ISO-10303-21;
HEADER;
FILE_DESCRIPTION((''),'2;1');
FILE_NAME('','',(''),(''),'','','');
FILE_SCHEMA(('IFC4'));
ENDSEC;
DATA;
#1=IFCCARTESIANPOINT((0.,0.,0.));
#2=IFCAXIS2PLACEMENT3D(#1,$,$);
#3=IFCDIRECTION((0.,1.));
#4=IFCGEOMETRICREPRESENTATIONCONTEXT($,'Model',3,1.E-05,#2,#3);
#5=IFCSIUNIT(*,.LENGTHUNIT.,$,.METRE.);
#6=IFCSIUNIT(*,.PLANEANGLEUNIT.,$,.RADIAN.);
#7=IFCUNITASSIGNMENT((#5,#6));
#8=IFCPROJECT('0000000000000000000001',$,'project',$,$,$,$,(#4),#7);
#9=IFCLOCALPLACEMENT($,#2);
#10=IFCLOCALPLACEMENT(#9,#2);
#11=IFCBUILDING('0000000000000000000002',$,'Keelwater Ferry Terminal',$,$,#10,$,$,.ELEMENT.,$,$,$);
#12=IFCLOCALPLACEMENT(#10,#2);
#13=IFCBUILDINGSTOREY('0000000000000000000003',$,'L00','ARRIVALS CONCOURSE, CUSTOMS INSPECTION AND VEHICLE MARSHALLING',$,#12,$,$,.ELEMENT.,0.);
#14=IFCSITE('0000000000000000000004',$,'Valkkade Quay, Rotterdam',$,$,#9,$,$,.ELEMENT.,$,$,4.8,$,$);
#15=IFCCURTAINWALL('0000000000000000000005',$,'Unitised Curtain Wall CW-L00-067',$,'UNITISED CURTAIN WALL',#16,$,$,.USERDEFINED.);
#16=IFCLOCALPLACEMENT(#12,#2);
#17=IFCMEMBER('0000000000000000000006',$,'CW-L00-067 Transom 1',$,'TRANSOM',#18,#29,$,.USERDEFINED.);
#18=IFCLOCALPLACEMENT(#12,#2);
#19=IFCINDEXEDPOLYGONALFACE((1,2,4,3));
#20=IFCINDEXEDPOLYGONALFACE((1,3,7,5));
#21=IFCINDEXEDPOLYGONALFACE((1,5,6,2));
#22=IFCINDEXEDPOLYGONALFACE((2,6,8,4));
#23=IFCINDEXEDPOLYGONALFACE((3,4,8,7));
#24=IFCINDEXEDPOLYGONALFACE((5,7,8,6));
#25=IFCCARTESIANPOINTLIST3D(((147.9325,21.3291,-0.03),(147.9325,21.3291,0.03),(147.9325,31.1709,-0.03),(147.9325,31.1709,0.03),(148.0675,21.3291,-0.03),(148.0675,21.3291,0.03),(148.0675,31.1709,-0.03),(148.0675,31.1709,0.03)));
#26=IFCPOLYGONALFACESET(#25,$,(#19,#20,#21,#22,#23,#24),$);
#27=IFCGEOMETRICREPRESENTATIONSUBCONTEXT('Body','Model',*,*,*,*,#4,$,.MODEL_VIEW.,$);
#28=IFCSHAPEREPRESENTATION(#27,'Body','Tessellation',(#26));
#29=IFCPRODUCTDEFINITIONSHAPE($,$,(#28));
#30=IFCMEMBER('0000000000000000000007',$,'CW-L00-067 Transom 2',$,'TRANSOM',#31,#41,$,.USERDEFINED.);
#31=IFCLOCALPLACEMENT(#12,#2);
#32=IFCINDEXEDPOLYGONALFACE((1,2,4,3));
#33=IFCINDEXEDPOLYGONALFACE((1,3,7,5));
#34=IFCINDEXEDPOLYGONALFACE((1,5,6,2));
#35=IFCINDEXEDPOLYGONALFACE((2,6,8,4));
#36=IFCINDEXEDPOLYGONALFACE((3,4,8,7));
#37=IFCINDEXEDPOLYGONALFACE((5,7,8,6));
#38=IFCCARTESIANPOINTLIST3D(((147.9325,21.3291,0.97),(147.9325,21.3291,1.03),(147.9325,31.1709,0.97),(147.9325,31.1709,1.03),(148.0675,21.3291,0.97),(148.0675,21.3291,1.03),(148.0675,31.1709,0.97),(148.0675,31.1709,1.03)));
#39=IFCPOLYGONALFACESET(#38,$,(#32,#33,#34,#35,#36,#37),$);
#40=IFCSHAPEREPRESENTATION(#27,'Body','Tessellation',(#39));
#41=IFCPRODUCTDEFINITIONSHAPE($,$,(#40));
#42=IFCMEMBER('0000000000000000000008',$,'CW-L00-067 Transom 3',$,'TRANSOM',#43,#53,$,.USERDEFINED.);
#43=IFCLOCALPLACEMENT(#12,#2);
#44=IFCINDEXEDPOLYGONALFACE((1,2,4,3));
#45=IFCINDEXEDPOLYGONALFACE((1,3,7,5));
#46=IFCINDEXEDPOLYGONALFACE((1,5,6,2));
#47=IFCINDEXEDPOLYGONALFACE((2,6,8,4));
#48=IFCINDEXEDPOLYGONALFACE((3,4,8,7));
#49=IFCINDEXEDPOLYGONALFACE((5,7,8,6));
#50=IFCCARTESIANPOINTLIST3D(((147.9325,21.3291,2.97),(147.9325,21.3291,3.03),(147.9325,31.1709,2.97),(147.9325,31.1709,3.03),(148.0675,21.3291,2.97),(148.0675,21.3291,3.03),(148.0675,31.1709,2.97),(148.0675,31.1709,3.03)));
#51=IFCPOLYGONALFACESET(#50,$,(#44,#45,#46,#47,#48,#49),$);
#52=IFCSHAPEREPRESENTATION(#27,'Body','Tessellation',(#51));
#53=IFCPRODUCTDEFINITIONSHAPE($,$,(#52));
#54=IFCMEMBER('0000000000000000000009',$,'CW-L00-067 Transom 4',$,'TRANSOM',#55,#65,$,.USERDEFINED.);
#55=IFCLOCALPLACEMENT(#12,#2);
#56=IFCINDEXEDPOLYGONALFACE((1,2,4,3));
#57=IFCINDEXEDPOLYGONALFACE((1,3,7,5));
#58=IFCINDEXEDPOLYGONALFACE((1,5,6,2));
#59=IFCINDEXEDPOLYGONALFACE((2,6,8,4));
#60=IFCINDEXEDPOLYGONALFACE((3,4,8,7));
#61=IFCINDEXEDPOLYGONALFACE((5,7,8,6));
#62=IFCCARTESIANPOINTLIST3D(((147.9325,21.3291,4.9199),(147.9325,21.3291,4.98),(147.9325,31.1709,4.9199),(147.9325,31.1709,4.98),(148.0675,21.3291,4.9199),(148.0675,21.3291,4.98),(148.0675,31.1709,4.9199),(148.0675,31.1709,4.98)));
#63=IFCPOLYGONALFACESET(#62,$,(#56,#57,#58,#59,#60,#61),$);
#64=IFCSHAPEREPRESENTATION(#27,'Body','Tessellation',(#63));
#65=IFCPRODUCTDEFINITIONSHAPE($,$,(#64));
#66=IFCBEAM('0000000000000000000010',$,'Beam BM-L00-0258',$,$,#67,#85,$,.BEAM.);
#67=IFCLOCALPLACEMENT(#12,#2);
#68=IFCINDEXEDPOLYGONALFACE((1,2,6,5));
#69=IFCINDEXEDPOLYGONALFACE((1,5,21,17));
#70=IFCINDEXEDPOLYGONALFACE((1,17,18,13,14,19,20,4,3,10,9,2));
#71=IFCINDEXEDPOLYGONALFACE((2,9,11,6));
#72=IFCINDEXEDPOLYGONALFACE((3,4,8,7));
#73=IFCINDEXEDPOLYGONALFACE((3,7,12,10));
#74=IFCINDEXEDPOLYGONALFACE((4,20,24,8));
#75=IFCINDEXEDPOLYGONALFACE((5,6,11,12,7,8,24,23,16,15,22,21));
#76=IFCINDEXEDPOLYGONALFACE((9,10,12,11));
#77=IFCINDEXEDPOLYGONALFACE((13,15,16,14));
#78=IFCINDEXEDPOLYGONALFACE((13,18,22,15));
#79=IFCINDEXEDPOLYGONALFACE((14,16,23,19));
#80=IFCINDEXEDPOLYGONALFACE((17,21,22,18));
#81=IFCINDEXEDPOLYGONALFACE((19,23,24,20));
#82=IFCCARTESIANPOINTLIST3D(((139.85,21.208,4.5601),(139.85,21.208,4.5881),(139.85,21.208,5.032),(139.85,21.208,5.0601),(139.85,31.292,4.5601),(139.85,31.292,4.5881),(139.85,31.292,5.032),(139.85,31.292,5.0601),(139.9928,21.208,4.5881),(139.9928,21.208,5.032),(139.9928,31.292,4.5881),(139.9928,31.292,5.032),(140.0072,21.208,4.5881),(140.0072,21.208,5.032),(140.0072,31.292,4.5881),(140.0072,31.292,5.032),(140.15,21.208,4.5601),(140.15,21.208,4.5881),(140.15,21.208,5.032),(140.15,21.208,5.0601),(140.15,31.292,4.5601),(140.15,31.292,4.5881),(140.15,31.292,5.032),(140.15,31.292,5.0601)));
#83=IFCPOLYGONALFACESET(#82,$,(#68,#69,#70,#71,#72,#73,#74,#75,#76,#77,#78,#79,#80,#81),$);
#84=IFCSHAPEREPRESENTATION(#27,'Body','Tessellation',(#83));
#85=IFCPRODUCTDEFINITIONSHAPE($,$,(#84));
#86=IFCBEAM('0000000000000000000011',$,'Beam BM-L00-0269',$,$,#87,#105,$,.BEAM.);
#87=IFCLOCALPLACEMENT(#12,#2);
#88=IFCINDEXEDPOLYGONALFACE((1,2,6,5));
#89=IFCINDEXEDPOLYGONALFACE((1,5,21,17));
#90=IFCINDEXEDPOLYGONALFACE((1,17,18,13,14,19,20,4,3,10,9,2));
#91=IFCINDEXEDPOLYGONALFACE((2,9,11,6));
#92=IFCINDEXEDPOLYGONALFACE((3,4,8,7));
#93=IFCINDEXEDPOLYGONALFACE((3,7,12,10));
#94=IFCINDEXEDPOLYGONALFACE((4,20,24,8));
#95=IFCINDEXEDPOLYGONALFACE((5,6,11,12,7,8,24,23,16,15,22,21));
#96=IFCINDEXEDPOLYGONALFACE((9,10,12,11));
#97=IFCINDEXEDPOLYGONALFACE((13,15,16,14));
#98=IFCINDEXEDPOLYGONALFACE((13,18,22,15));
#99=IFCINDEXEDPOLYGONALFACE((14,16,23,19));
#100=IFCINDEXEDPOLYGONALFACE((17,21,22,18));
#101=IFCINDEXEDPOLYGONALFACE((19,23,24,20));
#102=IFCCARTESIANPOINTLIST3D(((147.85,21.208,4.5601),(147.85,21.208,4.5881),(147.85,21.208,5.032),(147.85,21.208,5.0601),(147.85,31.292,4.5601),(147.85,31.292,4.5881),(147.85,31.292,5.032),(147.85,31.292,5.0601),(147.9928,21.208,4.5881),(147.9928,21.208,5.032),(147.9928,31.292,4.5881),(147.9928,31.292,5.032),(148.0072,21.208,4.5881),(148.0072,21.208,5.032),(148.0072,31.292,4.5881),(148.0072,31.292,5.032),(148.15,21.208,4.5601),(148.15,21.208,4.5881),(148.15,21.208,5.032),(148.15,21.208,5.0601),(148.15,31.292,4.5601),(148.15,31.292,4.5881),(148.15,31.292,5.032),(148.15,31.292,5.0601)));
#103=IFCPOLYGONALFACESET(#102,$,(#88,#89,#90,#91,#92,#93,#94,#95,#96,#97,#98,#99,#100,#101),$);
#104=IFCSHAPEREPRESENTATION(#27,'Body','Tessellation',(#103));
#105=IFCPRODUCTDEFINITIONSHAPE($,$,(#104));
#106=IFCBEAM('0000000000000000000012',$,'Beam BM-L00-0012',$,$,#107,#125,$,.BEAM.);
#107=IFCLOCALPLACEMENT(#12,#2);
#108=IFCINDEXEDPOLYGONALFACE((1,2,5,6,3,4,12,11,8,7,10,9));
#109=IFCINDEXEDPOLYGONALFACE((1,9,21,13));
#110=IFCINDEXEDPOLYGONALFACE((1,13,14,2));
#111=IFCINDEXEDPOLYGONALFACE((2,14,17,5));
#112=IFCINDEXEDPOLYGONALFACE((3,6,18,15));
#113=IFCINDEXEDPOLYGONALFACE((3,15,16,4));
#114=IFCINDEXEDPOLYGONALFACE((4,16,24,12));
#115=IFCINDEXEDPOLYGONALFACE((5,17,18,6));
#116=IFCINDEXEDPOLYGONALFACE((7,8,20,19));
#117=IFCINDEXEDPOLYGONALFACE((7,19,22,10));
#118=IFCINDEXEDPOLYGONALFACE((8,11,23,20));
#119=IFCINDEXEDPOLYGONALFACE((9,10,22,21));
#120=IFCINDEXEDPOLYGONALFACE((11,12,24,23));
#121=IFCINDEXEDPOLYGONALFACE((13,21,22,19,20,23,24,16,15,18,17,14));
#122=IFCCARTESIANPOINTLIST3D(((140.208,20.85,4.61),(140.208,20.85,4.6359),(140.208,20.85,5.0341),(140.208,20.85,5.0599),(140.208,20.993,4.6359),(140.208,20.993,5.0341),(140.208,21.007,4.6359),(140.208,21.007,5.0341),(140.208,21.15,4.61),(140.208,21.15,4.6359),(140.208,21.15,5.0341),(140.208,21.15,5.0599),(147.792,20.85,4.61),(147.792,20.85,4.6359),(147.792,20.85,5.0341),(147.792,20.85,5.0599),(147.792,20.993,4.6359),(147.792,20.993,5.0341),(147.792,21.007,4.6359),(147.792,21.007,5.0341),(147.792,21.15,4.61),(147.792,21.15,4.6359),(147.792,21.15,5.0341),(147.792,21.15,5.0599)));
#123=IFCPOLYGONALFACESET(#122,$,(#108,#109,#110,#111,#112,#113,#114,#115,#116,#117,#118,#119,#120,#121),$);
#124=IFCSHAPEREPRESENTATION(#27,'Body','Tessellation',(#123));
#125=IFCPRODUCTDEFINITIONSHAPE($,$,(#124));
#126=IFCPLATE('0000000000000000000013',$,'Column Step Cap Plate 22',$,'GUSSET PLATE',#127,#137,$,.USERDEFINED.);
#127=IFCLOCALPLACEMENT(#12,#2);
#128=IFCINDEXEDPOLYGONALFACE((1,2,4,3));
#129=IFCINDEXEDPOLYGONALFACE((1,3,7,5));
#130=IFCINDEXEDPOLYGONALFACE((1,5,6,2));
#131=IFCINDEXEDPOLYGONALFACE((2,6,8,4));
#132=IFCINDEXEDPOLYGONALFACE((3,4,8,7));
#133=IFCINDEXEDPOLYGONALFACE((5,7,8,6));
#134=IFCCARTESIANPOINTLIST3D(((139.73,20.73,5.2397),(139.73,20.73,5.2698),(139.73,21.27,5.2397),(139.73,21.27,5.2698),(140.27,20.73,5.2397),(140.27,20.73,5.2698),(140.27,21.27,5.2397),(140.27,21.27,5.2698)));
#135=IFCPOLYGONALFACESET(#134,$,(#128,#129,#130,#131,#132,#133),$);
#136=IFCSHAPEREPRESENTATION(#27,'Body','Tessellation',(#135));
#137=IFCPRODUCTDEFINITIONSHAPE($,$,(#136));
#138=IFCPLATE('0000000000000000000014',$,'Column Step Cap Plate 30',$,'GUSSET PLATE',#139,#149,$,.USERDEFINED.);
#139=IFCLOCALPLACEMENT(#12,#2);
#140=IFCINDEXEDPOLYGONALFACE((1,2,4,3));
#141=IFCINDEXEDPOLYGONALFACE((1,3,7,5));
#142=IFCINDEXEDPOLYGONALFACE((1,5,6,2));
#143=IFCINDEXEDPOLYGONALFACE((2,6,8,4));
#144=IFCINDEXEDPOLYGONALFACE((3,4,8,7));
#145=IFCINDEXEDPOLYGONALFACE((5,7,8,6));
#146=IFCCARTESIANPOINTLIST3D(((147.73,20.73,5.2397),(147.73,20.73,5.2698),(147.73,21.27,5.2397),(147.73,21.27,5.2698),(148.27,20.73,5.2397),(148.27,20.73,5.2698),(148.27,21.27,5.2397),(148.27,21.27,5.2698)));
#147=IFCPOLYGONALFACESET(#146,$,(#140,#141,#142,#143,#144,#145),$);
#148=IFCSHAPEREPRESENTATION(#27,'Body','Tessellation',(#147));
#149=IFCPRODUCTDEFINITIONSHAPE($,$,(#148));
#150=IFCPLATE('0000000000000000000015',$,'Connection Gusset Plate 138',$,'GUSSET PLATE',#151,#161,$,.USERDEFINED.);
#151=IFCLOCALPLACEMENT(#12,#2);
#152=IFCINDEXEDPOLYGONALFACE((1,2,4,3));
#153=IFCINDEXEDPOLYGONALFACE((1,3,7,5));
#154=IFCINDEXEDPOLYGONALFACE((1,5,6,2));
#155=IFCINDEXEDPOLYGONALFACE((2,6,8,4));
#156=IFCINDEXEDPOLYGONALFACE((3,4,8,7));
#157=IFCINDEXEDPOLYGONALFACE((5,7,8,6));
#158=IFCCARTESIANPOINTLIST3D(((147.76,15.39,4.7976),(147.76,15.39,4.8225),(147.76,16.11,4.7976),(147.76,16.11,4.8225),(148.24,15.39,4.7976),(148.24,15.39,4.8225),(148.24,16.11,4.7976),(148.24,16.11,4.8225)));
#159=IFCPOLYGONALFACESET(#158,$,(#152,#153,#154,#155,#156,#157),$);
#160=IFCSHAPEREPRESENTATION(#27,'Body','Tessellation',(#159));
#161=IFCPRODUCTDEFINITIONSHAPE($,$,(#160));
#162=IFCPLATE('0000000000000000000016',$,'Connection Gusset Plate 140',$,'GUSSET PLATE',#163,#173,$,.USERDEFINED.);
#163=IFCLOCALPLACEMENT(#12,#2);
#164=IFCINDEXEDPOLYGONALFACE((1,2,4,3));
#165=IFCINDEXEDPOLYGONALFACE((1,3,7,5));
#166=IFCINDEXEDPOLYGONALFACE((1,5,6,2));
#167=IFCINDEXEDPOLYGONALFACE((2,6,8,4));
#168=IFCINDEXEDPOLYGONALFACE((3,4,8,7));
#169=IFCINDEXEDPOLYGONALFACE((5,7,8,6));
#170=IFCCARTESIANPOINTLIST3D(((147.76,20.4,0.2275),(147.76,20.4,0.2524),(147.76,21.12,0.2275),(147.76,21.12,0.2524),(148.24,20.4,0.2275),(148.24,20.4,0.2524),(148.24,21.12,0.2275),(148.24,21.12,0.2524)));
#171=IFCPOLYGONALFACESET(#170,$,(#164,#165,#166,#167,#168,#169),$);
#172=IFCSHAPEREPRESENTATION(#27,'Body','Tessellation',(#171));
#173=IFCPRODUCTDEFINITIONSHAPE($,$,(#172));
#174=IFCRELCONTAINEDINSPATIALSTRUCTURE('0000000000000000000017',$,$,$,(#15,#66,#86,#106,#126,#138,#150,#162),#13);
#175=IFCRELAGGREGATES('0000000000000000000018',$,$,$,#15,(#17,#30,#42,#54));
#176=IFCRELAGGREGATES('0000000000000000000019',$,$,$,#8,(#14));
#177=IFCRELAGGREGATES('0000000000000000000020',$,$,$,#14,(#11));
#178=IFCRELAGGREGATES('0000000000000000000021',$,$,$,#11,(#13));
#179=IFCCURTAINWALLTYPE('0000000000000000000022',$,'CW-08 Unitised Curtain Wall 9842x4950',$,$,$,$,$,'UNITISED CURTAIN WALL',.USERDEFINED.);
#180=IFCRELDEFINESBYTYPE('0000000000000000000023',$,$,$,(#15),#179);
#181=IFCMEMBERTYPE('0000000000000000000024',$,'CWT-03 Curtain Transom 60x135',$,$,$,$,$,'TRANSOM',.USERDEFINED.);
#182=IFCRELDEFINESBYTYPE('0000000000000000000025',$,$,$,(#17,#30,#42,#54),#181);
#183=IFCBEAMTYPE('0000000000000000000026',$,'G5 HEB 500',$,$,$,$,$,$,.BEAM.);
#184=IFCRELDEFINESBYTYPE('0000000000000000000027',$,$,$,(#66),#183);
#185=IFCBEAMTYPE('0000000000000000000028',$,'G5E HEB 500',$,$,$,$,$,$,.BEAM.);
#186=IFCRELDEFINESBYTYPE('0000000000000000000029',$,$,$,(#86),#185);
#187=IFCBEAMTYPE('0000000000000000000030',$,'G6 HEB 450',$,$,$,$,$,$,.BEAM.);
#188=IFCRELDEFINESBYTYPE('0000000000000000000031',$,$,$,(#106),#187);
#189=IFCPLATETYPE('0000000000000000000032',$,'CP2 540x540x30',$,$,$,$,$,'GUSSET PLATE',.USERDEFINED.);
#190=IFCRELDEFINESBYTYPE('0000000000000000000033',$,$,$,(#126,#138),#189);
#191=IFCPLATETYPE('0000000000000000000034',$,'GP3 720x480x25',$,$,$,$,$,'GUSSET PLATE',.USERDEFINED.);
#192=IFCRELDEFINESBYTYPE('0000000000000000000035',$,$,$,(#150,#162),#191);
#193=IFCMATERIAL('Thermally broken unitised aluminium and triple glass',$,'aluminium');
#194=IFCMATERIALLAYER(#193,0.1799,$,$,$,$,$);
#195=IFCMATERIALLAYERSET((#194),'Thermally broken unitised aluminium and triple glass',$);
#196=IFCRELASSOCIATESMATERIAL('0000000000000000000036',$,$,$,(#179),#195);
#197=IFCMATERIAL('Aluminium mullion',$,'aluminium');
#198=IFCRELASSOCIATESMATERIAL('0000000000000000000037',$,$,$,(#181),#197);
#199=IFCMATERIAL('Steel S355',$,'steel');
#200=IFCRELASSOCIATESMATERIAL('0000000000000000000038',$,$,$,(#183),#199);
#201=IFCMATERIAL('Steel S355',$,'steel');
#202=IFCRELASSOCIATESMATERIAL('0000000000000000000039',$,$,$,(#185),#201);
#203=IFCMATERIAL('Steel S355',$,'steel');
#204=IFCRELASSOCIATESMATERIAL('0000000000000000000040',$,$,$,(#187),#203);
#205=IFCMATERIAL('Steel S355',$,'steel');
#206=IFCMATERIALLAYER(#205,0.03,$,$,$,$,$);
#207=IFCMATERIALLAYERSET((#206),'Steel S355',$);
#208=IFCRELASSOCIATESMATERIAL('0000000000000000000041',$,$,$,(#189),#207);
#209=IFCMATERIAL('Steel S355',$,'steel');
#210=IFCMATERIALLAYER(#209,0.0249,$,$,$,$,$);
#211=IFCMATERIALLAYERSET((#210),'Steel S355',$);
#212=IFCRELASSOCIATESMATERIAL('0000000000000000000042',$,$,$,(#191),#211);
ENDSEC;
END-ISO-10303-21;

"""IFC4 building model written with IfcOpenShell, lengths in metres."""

from ifc_helpers import new_model, si_unit, direction, frame, origin, origin_2d, place, context, subcontext, project, spatial, rectangle, i_section, extrude, material, layer, layer_set, material_profile, profile_set, type_object, element, aggregate, save


model = new_model("IFC4")

# Units and contexts
model_context = context("Model", 3, precision=1e-05, world=origin(), true_north=direction((0.0, 1.0)))
body_context = subcontext(model_context, "Body", "Model", "MODEL_VIEW")
ifc_project = project(units=[si_unit("LENGTHUNIT", "METRE"), si_unit("PLANEANGLEUNIT", "RADIAN")], contexts=[model_context])

# Site, building, storey
site_placement = place(None, origin())
site = spatial("IfcSite", under=ifc_project, at=site_placement, Name="Valkkade Quay, Rotterdam", CompositionType="ELEMENT", RefElevation=4.8)
building_placement = place(site_placement, origin())
building = spatial("IfcBuilding", under=site, at=building_placement, Name="Keelwater Ferry Terminal", CompositionType="ELEMENT")
storey_placement = place(building_placement, origin())
storey = spatial("IfcBuildingStorey", under=building, at=storey_placement, Name="L00", Description="ARRIVALS CONCOURSE, CUSTOMS INSPECTION AND VEHICLE MARSHALLING", CompositionType="ELEMENT", Elevation=0.0)

# Curtain wall, members
ifc_material_1 = material(Name="Thermally broken unitised aluminium and triple glass", Category="aluminium")
ifc_layer_1 = layer(ifc_material_1, 0.1799)
ifc_layer_set_1 = layer_set([ifc_layer_1], Name="Thermally broken unitised aluminium and triple glass")
curtain_wall_type = type_object("IfcCurtainWallType", Name="CW-08 Unitised Curtain Wall 9842x4950", ElementType="UNITISED CURTAIN WALL", PredefinedType="USERDEFINED", material=ifc_layer_set_1)
curtain_wall_placement = place(storey_placement, origin())
curtain_wall = element("IfcCurtainWall", 1, at=curtain_wall_placement, inside=storey, type_object=curtain_wall_type, Name="Unitised Curtain Wall CW-L00-067", ObjectType="UNITISED CURTAIN WALL", PredefinedType="USERDEFINED")
ifc_material_2 = material(Name="Aluminium mullion", Category="aluminium")
ifc_material_profile_1 = material_profile(ifc_material_2, rectangle(XDim=0.135, YDim=0.0601, at=origin_2d()), Name="CWT-03")
ifc_profile_set_1 = profile_set([ifc_material_profile_1], Name="Aluminium mullion")
member_type_1 = type_object("IfcMemberType", Name="CWT-03 Curtain Transom 60x135", ElementType="TRANSOM", PredefinedType="USERDEFINED", material=ifc_profile_set_1)
member_1_placement = place(storey_placement, frame((148.0, 21.3291, 0.0), z_axis=(0.0, 1.0, 0.0), x_axis=(-1.0, 0.0, 0.0)))
member_1 = element("IfcMember", 2, at=member_1_placement, type_object=member_type_1, Name="CW-L00-067 Transom 1", ObjectType="TRANSOM", PredefinedType="USERDEFINED", context=body_context, shape_type="SweptSolid", body=[
    extrude(rectangle(XDim=0.135, YDim=0.0601, at=origin_2d()), origin(), (0.0, 0.0, 1.0), 9.8418),
])
member_2_placement = place(storey_placement, frame((148.0, 21.3291, 1.0), z_axis=(0.0, 1.0, 0.0), x_axis=(-1.0, 0.0, 0.0)))
member_2 = element("IfcMember", 3, at=member_2_placement, type_object=member_type_1, Name="CW-L00-067 Transom 2", ObjectType="TRANSOM", PredefinedType="USERDEFINED", context=body_context, shape_type="SweptSolid", body=[
    extrude(rectangle(XDim=0.135, YDim=0.0601, at=origin_2d()), origin(), (0.0, 0.0, 1.0), 9.8418),
])
member_3_placement = place(storey_placement, frame((148.0, 21.3291, 3.0), z_axis=(0.0, 1.0, 0.0), x_axis=(-1.0, 0.0, 0.0)))
member_3 = element("IfcMember", 4, at=member_3_placement, type_object=member_type_1, Name="CW-L00-067 Transom 3", ObjectType="TRANSOM", PredefinedType="USERDEFINED", context=body_context, shape_type="SweptSolid", body=[
    extrude(rectangle(XDim=0.135, YDim=0.0601, at=origin_2d()), origin(), (0.0, 0.0, 1.0), 9.8418),
])
member_4_placement = place(storey_placement, frame((148.0, 21.3291, 4.95), z_axis=(0.0, 1.0, 0.0), x_axis=(-1.0, 0.0, 0.0)))
member_4 = element("IfcMember", 5, at=member_4_placement, type_object=member_type_1, Name="CW-L00-067 Transom 4", ObjectType="TRANSOM", PredefinedType="USERDEFINED", context=body_context, shape_type="SweptSolid", body=[
    extrude(rectangle(XDim=0.135, YDim=0.0601, at=origin_2d()), origin(), (0.0, 0.0, 1.0), 9.8418),
])
aggregate(curtain_wall, [member_1, member_2, member_3, member_4])

# Beams
ifc_material_3 = material(Name="Steel S355", Category="steel")
ifc_material_profile_2 = material_profile(ifc_material_3, i_section(OverallWidth=0.3, OverallDepth=0.5, WebThickness=0.0144, FlangeThickness=0.0281, at=origin_2d()), Name="HEB 500")
ifc_profile_set_2 = profile_set([ifc_material_profile_2], Name="Steel S355")
beam_type_1 = type_object("IfcBeamType", Name="G5 HEB 500", PredefinedType="BEAM", material=ifc_profile_set_2)
beam_1_placement = place(storey_placement, frame((140.0, 21.208, 4.8101), z_axis=(0.0, 1.0, 0.0), x_axis=(-1.0, 0.0, 0.0)))
element("IfcBeam", 6, at=beam_1_placement, inside=storey, type_object=beam_type_1, Name="Beam BM-L00-0258", PredefinedType="BEAM", context=body_context, shape_type="SweptSolid", body=[
    extrude(i_section(OverallWidth=0.3, OverallDepth=0.5, WebThickness=0.0144, FlangeThickness=0.0281, at=origin_2d()), origin(), (0.0, 0.0, 1.0), 10.084),
])
ifc_material_4 = material(Name="Steel S355", Category="steel")
ifc_material_profile_3 = material_profile(ifc_material_4, i_section(OverallWidth=0.3, OverallDepth=0.5, WebThickness=0.0144, FlangeThickness=0.0281, at=origin_2d()), Name="HEB 500")
ifc_profile_set_3 = profile_set([ifc_material_profile_3], Name="Steel S355")
beam_type_2 = type_object("IfcBeamType", Name="G5E HEB 500", PredefinedType="BEAM", material=ifc_profile_set_3)
beam_2_placement = place(storey_placement, frame((148.0, 21.208, 4.8101), z_axis=(0.0, 1.0, 0.0), x_axis=(-1.0, 0.0, 0.0)))
element("IfcBeam", 7, at=beam_2_placement, inside=storey, type_object=beam_type_2, Name="Beam BM-L00-0269", PredefinedType="BEAM", context=body_context, shape_type="SweptSolid", body=[
    extrude(i_section(OverallWidth=0.3, OverallDepth=0.5, WebThickness=0.0144, FlangeThickness=0.0281, at=origin_2d()), origin(), (0.0, 0.0, 1.0), 10.084),
])
ifc_material_5 = material(Name="Steel S355", Category="steel")
ifc_material_profile_4 = material_profile(ifc_material_5, i_section(OverallWidth=0.3, OverallDepth=0.45, WebThickness=0.0139, FlangeThickness=0.0259, at=origin_2d()), Name="HEB 450")
ifc_profile_set_4 = profile_set([ifc_material_profile_4], Name="Steel S355")
beam_type_3 = type_object("IfcBeamType", Name="G6 HEB 450", PredefinedType="BEAM", material=ifc_profile_set_4)
beam_3_placement = place(storey_placement, frame((140.208, 21.0, 4.835), z_axis=(1.0, 0.0, 0.0), x_axis=(0.0, 1.0, 0.0)))
element("IfcBeam", 8, at=beam_3_placement, inside=storey, type_object=beam_type_3, Name="Beam BM-L00-0012", PredefinedType="BEAM", context=body_context, shape_type="SweptSolid", body=[
    extrude(i_section(OverallWidth=0.3, OverallDepth=0.45, WebThickness=0.0139, FlangeThickness=0.0259, at=origin_2d()), origin(), (0.0, 0.0, 1.0), 7.584),
])

# Plates
ifc_material_6 = material(Name="Steel S355", Category="steel")
ifc_layer_2 = layer(ifc_material_6, 0.03)
ifc_layer_set_2 = layer_set([ifc_layer_2], Name="Steel S355")
plate_type_1 = type_object("IfcPlateType", Name="CP2 540x540x30", ElementType="GUSSET PLATE", PredefinedType="USERDEFINED", material=ifc_layer_set_2)
for number, where, z_axis, x_axis, name in (
    (9, (140.0, 21.0, 5.2397), (0.0, 0.0, 1.0), (1.0, 0.0, 0.0), "Column Step Cap Plate 22"),
    (10, (148.0, 21.0, 5.2397), (0.0, 0.0, 1.0), (1.0, 0.0, 0.0), "Column Step Cap Plate 30"),
):
    element("IfcPlate", number, at=place(storey_placement, frame(where, z_axis=z_axis, x_axis=x_axis)), inside=storey, type_object=plate_type_1, Name=name, ObjectType="GUSSET PLATE", PredefinedType="USERDEFINED", context=body_context, shape_type="SweptSolid", body=[
        extrude(rectangle(XDim=0.54, YDim=0.54, at=origin_2d()), origin(), (0.0, 0.0, 1.0), 0.03),
    ])
ifc_material_7 = material(Name="Steel S355", Category="steel")
ifc_layer_3 = layer(ifc_material_7, 0.0249)
ifc_layer_set_3 = layer_set([ifc_layer_3], Name="Steel S355")
plate_type_2 = type_object("IfcPlateType", Name="GP3 720x480x25", ElementType="GUSSET PLATE", PredefinedType="USERDEFINED", material=ifc_layer_set_3)
for number, where, z_axis, x_axis, name in (
    (11, (148.0, 15.75, 4.7976), (0.0, 0.0, 1.0), (0.0, 1.0, 0.0), "Connection Gusset Plate 138"),
    (12, (148.0, 20.76, 0.2275), (0.0, 0.0, 1.0), (0.0, 1.0, 0.0), "Connection Gusset Plate 140"),
):
    element("IfcPlate", number, at=place(storey_placement, frame(where, z_axis=z_axis, x_axis=x_axis)), inside=storey, type_object=plate_type_2, Name=name, ObjectType="GUSSET PLATE", PredefinedType="USERDEFINED", context=body_context, shape_type="SweptSolid", body=[
        extrude(rectangle(XDim=0.72, YDim=0.48, at=origin_2d()), origin(), (0.0, 0.0, 1.0), 0.0249),
    ])

save(model, "model.ifc")
